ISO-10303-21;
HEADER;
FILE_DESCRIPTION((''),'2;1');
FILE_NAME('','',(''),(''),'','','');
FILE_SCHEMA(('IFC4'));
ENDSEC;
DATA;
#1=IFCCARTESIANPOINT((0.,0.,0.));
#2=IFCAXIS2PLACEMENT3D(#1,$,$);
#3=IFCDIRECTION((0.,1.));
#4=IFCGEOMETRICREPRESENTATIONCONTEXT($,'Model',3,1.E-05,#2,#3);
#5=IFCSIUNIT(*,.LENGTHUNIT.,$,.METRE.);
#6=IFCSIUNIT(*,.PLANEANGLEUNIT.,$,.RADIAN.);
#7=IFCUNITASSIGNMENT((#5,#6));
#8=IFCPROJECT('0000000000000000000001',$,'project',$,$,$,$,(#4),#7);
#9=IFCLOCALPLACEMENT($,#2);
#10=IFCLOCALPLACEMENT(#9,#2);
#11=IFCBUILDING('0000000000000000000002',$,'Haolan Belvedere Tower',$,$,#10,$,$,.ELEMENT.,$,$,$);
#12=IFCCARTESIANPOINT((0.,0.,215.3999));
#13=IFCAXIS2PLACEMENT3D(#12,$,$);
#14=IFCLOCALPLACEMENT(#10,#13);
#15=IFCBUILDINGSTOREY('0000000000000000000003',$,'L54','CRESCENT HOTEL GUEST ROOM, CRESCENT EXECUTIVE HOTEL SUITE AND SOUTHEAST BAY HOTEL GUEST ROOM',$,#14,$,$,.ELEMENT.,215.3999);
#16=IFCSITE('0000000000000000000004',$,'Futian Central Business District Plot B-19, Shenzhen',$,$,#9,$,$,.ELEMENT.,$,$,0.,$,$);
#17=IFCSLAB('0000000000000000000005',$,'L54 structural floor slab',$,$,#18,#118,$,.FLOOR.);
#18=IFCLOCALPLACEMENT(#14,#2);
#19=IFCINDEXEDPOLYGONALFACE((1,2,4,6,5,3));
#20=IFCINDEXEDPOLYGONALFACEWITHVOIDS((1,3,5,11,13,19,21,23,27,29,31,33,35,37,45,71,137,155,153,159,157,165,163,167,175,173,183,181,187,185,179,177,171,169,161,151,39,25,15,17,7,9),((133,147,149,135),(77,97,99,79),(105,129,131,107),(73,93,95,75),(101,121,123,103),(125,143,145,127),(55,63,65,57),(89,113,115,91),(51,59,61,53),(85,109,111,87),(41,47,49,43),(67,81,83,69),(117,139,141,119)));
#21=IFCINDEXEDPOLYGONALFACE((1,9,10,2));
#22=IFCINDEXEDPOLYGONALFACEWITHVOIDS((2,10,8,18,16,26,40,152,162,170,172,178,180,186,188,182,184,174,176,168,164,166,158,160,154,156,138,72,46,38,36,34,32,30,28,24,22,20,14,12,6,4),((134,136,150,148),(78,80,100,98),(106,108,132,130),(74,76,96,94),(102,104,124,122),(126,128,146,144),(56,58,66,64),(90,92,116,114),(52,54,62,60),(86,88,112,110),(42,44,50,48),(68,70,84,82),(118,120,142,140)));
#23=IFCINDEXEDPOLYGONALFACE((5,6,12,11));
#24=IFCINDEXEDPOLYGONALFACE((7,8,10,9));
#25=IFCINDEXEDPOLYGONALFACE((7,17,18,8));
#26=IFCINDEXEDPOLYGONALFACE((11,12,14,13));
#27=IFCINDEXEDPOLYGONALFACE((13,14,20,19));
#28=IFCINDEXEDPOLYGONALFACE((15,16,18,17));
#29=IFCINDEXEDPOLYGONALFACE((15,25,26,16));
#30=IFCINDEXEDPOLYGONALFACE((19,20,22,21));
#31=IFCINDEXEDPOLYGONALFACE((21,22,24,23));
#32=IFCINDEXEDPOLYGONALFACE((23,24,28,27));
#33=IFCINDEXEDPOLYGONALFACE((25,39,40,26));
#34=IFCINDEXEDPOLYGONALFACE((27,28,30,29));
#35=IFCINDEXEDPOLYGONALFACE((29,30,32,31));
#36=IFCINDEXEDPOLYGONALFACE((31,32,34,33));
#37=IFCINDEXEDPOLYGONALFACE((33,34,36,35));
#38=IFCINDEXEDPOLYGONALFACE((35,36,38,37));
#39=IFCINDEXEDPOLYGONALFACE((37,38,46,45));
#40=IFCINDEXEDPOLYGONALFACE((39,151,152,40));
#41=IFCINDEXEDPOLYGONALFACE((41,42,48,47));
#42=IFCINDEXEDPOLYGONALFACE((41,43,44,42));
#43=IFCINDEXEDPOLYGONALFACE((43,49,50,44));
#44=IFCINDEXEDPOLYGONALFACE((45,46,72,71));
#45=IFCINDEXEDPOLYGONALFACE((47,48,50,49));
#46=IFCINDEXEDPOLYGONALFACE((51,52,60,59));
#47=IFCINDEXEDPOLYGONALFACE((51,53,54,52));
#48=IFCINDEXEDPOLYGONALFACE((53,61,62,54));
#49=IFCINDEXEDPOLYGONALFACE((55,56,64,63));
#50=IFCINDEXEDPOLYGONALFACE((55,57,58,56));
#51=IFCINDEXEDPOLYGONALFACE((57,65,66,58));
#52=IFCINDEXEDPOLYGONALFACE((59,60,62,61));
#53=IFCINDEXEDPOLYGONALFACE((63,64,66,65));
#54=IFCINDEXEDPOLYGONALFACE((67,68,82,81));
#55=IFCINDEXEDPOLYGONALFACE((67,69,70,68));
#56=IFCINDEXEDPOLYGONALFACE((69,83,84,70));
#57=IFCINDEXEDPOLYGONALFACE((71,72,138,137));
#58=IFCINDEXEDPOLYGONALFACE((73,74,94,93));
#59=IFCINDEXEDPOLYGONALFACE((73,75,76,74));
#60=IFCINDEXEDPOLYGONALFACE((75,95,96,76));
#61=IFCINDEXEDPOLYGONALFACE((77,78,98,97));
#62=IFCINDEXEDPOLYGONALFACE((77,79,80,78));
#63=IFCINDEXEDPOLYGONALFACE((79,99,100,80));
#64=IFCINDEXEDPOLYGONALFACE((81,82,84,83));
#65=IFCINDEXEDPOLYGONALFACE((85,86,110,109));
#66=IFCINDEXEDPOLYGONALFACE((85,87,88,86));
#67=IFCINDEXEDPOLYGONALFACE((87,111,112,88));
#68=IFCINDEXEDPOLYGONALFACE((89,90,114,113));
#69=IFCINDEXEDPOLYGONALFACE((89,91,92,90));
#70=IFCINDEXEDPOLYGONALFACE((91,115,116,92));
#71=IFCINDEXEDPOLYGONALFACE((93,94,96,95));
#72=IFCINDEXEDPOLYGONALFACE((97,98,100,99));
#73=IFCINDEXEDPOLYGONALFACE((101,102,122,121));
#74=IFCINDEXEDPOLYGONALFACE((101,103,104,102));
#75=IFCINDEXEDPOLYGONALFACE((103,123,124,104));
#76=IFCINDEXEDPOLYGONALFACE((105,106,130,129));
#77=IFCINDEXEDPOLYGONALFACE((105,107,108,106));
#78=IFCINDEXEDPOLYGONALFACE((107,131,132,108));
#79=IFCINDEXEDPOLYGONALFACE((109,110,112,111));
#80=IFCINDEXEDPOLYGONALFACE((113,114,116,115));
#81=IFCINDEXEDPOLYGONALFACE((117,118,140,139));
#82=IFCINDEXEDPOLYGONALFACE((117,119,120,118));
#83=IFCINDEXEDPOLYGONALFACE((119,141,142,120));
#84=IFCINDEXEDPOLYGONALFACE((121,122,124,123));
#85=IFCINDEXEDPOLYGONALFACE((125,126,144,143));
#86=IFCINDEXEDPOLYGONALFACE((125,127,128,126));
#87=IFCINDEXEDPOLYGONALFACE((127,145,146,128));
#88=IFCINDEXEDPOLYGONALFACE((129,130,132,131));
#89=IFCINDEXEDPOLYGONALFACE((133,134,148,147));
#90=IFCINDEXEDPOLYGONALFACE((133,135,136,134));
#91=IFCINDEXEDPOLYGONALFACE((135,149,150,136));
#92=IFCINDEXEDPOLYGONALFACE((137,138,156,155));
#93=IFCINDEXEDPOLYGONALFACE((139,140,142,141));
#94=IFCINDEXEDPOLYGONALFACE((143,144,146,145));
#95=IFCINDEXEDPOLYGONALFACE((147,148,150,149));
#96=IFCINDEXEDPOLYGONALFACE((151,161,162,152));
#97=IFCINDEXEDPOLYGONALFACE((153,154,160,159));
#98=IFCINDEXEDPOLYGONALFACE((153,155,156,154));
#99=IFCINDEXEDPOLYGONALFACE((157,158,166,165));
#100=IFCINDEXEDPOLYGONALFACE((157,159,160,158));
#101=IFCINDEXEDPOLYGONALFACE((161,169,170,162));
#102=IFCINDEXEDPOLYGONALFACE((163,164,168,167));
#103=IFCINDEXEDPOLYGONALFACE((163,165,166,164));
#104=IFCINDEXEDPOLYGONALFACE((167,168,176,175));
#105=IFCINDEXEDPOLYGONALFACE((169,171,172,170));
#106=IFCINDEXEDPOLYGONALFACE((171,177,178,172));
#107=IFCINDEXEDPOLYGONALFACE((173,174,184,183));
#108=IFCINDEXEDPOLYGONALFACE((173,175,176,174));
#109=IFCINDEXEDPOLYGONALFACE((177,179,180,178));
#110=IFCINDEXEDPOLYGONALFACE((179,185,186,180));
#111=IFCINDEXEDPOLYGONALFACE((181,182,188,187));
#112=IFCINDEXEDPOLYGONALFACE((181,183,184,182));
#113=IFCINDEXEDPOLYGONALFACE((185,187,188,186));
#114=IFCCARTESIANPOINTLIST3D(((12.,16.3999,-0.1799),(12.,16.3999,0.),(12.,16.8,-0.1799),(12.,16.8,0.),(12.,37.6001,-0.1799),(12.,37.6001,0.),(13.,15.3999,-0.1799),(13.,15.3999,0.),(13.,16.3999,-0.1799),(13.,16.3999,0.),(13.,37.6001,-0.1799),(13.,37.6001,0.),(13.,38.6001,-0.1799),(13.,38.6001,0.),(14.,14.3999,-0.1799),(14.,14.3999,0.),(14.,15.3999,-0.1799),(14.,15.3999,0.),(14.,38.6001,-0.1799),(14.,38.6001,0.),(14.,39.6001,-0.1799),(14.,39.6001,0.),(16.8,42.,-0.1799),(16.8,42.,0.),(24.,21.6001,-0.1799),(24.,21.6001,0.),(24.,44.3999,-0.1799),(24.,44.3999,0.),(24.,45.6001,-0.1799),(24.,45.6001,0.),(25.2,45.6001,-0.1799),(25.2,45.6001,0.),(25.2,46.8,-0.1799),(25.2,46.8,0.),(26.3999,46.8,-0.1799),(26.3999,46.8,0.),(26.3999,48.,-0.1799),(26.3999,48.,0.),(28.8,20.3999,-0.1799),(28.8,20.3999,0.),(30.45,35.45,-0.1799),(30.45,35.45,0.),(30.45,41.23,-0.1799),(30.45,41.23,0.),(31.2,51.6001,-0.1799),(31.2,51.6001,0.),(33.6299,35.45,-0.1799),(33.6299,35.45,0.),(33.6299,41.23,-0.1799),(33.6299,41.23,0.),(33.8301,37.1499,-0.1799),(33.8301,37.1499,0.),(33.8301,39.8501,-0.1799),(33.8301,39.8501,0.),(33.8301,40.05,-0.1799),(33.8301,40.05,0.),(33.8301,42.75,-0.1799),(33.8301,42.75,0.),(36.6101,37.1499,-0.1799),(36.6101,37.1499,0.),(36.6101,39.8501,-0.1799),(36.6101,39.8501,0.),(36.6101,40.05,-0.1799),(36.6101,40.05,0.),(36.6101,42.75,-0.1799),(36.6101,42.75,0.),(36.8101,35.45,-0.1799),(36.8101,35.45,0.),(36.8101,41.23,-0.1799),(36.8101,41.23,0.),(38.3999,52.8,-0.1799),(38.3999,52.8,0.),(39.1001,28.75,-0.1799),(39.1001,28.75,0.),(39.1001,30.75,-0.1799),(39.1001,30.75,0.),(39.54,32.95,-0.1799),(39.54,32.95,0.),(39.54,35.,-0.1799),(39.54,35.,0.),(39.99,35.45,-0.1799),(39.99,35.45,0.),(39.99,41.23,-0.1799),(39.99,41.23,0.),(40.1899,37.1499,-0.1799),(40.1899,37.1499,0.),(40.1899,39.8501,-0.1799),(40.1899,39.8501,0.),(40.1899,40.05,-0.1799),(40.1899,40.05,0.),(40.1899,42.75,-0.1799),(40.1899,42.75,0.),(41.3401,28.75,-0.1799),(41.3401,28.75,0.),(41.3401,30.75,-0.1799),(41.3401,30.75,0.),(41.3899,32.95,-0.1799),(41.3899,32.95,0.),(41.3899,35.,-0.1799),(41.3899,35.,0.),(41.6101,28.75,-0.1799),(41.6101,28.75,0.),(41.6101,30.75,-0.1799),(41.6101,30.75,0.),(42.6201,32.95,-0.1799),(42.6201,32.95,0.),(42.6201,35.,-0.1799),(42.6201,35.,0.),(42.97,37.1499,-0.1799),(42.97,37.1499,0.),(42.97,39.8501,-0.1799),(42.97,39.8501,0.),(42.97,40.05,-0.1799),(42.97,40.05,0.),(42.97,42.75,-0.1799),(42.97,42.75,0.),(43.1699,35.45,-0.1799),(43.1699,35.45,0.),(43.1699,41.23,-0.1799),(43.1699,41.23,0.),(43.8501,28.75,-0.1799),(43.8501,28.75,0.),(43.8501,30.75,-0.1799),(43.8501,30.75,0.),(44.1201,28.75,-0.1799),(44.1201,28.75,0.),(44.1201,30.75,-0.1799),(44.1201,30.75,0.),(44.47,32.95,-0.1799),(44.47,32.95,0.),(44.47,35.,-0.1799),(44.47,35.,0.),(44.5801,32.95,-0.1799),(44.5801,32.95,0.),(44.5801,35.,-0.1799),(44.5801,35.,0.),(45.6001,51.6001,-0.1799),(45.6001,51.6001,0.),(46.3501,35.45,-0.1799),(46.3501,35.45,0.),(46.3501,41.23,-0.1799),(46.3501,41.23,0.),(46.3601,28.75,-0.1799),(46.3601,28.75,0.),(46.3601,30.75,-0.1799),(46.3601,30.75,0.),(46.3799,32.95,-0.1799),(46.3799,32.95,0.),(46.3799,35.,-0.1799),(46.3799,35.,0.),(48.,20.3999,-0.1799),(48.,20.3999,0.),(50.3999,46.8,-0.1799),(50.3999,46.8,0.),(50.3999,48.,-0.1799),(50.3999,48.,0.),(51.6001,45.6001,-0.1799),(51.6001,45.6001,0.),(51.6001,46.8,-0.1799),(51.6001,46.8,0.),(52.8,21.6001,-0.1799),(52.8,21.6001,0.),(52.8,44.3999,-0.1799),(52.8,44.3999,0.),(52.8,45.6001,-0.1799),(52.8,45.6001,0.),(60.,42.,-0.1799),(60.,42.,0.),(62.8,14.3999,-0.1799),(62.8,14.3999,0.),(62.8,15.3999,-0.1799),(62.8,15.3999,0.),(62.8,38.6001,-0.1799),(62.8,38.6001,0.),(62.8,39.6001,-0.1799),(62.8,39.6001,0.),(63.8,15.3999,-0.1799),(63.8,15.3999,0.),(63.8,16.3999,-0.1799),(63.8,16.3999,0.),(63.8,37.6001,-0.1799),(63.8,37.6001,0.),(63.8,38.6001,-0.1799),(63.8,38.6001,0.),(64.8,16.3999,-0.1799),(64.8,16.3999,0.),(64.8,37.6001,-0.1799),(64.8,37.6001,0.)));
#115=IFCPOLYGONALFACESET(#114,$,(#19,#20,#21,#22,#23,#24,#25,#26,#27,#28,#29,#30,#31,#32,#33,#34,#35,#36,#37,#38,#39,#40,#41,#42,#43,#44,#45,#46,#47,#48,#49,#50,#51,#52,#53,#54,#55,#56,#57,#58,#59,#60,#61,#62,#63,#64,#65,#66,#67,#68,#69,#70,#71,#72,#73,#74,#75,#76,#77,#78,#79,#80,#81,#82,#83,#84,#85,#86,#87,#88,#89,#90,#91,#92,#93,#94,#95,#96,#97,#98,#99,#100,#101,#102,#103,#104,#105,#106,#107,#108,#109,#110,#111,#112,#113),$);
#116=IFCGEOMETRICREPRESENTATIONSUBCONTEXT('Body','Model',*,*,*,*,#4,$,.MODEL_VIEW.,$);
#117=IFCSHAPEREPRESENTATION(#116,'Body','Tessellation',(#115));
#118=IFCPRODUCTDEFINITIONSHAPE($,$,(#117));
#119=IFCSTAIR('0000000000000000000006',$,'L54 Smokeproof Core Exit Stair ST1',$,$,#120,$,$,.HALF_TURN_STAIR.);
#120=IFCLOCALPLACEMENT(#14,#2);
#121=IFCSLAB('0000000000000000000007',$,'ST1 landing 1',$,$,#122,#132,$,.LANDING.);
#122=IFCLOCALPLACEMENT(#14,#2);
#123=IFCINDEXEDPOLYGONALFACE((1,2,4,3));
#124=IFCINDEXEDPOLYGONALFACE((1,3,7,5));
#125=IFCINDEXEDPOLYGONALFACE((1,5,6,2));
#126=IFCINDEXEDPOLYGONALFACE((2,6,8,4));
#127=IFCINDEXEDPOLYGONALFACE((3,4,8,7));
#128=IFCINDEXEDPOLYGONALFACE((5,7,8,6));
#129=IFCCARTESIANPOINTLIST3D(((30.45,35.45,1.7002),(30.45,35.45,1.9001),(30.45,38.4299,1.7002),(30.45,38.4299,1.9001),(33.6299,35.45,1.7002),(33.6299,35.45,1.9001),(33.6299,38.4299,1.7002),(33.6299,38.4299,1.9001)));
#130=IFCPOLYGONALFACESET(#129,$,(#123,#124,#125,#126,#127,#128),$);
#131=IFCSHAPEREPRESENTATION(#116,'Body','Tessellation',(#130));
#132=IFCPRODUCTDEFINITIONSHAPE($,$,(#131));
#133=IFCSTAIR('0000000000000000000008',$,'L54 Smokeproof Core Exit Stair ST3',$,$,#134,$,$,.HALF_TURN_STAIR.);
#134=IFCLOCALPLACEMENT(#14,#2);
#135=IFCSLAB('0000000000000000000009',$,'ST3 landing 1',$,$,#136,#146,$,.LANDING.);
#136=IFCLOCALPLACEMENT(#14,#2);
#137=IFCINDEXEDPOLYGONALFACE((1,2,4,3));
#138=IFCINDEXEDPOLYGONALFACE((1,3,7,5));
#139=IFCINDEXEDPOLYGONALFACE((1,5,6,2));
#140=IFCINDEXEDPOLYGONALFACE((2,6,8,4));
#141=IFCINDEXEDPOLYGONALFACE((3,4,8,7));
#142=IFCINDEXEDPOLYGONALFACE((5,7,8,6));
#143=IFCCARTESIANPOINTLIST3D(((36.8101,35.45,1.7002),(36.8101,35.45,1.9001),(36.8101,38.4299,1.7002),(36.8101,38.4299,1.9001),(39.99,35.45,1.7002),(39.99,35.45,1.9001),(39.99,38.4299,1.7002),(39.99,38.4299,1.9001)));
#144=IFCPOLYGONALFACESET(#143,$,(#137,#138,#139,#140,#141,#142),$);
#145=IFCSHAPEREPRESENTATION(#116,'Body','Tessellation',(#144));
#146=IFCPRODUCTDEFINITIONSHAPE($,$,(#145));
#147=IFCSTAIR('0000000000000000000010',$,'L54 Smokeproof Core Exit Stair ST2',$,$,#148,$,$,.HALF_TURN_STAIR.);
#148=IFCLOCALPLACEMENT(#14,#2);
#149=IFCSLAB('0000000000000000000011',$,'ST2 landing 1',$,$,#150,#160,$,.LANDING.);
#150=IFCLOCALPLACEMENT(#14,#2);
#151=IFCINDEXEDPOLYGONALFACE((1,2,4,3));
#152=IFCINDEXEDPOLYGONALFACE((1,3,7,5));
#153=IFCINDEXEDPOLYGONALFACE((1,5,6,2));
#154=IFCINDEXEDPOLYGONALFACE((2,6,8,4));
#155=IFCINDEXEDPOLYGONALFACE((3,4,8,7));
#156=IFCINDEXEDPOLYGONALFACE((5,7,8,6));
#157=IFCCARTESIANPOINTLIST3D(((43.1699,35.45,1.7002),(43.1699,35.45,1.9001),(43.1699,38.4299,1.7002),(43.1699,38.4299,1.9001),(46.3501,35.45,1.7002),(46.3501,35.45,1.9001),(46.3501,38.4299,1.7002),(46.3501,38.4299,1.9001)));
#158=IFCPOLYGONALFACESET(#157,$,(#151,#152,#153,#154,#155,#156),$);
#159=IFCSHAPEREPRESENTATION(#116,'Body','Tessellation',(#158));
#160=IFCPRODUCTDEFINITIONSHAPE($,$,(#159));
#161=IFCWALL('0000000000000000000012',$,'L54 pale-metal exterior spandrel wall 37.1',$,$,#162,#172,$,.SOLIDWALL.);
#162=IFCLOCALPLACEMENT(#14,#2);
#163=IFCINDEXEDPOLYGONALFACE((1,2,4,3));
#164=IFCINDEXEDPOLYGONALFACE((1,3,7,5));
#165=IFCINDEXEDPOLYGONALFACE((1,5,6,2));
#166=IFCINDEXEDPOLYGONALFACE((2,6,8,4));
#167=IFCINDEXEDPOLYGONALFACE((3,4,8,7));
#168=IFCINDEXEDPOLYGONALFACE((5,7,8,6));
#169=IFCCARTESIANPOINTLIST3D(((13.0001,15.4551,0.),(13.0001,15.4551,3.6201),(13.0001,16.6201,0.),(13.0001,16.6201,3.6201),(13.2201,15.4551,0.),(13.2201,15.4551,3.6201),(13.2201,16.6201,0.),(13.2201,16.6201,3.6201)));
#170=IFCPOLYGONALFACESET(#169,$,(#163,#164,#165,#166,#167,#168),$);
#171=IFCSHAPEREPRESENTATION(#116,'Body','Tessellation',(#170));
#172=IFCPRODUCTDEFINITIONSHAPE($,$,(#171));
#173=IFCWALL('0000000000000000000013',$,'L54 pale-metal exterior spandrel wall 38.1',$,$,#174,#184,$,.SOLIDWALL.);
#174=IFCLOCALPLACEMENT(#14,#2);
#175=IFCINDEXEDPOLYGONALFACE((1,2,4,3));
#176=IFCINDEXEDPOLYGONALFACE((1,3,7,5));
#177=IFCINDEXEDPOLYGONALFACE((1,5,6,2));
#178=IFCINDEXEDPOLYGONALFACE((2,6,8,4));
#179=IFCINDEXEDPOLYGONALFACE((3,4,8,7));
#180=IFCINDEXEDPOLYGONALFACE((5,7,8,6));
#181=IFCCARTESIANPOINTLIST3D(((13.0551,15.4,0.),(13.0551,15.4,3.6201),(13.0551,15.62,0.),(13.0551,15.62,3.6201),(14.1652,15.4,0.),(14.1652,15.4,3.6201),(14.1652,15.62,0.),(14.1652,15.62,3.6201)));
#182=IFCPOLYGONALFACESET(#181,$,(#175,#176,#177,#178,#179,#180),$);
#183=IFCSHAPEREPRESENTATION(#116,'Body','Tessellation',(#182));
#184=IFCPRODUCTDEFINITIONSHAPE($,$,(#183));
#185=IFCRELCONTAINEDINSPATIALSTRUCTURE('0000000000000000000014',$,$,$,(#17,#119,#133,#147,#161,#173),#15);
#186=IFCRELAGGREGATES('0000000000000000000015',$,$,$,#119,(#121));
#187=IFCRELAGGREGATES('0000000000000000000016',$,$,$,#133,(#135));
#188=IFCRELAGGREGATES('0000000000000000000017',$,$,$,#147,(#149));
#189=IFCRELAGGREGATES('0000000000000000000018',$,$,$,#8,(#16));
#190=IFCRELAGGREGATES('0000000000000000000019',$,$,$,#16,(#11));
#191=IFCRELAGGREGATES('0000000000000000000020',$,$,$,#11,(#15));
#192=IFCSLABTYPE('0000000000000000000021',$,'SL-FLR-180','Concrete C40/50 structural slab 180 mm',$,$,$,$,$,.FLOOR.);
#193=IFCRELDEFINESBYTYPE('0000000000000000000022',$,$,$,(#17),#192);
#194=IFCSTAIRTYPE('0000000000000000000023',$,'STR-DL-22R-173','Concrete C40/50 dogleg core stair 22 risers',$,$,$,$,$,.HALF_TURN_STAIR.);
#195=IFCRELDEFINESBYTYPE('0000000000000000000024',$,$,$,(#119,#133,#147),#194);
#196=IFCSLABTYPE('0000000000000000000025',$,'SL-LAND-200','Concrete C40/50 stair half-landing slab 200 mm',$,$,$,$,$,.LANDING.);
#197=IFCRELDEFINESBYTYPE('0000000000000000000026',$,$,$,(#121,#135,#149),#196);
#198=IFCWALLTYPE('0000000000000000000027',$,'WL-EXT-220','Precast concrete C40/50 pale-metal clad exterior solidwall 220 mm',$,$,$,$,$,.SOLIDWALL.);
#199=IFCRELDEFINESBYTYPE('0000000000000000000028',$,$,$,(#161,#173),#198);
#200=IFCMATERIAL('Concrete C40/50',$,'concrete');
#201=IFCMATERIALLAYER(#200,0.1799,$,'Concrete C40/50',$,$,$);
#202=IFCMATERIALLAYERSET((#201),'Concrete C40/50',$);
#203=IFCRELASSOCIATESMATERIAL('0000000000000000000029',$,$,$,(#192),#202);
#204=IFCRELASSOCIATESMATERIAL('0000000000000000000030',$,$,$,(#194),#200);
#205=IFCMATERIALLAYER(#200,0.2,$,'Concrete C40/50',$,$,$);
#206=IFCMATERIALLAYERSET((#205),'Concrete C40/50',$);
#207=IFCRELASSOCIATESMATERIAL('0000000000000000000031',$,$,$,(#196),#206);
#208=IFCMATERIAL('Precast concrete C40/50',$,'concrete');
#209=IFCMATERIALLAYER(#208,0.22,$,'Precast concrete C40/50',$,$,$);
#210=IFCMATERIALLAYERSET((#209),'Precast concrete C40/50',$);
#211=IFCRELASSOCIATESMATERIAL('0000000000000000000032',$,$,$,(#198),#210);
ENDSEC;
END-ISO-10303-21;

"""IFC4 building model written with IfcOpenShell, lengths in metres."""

from ifc_helpers import new_model, si_unit, direction, frame, frame_2d, origin, place, context, subcontext, project, spatial, polyline, rectangle, outline, extrude, material, layer, layer_set, type_object, element, aggregate, save


model = new_model("IFC4")

# Units and contexts
model_context = context("Model", 3, precision=1e-05, world=origin(), true_north=direction((0.0, 1.0)))
body_context = subcontext(model_context, "Body", "Model", "MODEL_VIEW")
ifc_project = project(units=[si_unit("LENGTHUNIT", "METRE"), si_unit("PLANEANGLEUNIT", "RADIAN")], contexts=[model_context])

# Site, building, storey
site_placement = place(None, origin())
site = spatial("IfcSite", under=ifc_project, at=site_placement, Name="Futian Central Business District Plot B-19, Shenzhen", CompositionType="ELEMENT", RefElevation=0.0)
building_placement = place(site_placement, origin())
building = spatial("IfcBuilding", under=site, at=building_placement, Name="Haolan Belvedere Tower", CompositionType="ELEMENT")
storey_placement = place(building_placement, frame((0.0, 0.0, 215.3999)))
storey = spatial("IfcBuildingStorey", under=building, at=storey_placement, Name="L54", Description="CRESCENT HOTEL GUEST ROOM, CRESCENT EXECUTIVE HOTEL SUITE AND SOUTHEAST BAY HOTEL GUEST ROOM", CompositionType="ELEMENT", Elevation=215.3999)

# Slab
ifc_material_1 = material(Name="Concrete C40/50", Category="concrete")
ifc_layer_1 = layer(ifc_material_1, 0.1799, Name="Concrete C40/50")
ifc_layer_set_1 = layer_set([ifc_layer_1], Name="Concrete C40/50")
slab_type_1 = type_object("IfcSlabType", Name="SL-FLR-180", Description="Concrete C40/50 structural slab 180 mm", PredefinedType="FLOOR", material=ifc_layer_set_1)
slab_1_placement = place(storey_placement, frame((0.0, 0.0, -0.1799)))
element("IfcSlab", 1, at=slab_1_placement, inside=storey, type_object=slab_type_1, Name="L54 structural floor slab", PredefinedType="FLOOR", context=body_context, shape_type="SweptSolid", body=[
    extrude(outline(polyline([(24.0, 21.6001), (28.8, 20.3999), (48.0, 20.3999), (52.8, 21.6001), (62.8, 14.3999), (62.8, 15.3999), (63.8, 15.3999), (63.8, 16.3999), (64.8, 16.3999), (64.8, 37.6001), (63.8, 37.6001), (63.8, 38.6001), (62.8, 38.6001), (62.8, 39.6001), (60.0, 42.0), (52.8, 44.3999), (52.8, 45.6001), (51.6001, 45.6001), (51.6001, 46.8), (50.3999, 46.8), (50.3999, 48.0), (45.6001, 51.6001), (38.3999, 52.8), (31.2, 51.6001), (26.3999, 48.0), (26.3999, 46.8), (25.2, 46.8), (25.2, 45.6001), (24.0, 45.6001), (24.0, 44.3999), (16.8, 42.0), (14.0, 39.6001), (14.0, 38.6001), (13.0, 38.6001), (13.0, 37.6001), (12.0, 37.6001), (12.0, 16.8), (12.0, 16.3999), (13.0, 16.3999), (13.0, 15.3999), (14.0, 15.3999), (14.0, 14.3999), (24.0, 21.6001)]), holes=[polyline([(30.45, 41.23), (30.45, 35.45), (33.6299, 35.45), (33.6299, 41.23), (30.45, 41.23)]), polyline([(36.8101, 41.23), (36.8101, 35.45), (39.99, 35.45), (39.99, 41.23), (36.8101, 41.23)]), polyline([(43.1699, 41.23), (43.1699, 35.45), (46.3501, 35.45), (46.3501, 41.23), (43.1699, 41.23)]), polyline([(33.8301, 40.05), (36.6101, 40.05), (36.6101, 42.75), (33.8301, 42.75), (33.8301, 40.05)]), polyline([(33.8301, 37.1499), (36.6101, 37.1499), (36.6101, 39.8501), (33.8301, 39.8501), (33.8301, 37.1499)]), polyline([(40.1899, 40.05), (42.97, 40.05), (42.97, 42.75), (40.1899, 42.75), (40.1899, 40.05)]), polyline([(40.1899, 37.1499), (42.97, 37.1499), (42.97, 39.8501), (40.1899, 39.8501), (40.1899, 37.1499)]), polyline([(39.54, 32.95), (41.3899, 32.95), (41.3899, 35.0), (39.54, 35.0), (39.54, 32.95)]), polyline([(42.6201, 32.95), (44.47, 32.95), (44.47, 35.0), (42.6201, 35.0), (42.6201, 32.95)]), polyline([(44.5801, 32.95), (46.3799, 32.95), (46.3799, 35.0), (44.5801, 35.0), (44.5801, 32.95)]), polyline([(39.1001, 28.75), (41.3401, 28.75), (41.3401, 30.75), (39.1001, 30.75), (39.1001, 28.75)]), polyline([(41.6101, 28.75), (43.8501, 28.75), (43.8501, 30.75), (41.6101, 30.75), (41.6101, 28.75)]), polyline([(44.1201, 28.75), (46.3601, 28.75), (46.3601, 30.75), (44.1201, 30.75), (44.1201, 28.75)])]), origin(), (0.0, 0.0, 1.0), 0.1799),
])

# Stairs, slabs
stair_type = type_object("IfcStairType", Name="STR-DL-22R-173", Description="Concrete C40/50 dogleg core stair 22 risers", PredefinedType="HALF_TURN_STAIR", material=ifc_material_1)
stair_1_placement = place(storey_placement, origin())
stair_1 = element("IfcStair", 2, at=stair_1_placement, inside=storey, type_object=stair_type, Name="L54 Smokeproof Core Exit Stair ST1", PredefinedType="HALF_TURN_STAIR")
ifc_layer_2 = layer(ifc_material_1, 0.2, Name="Concrete C40/50")
ifc_layer_set_2 = layer_set([ifc_layer_2], Name="Concrete C40/50")
slab_type_2 = type_object("IfcSlabType", Name="SL-LAND-200", Description="Concrete C40/50 stair half-landing slab 200 mm", PredefinedType="LANDING", material=ifc_layer_set_2)
slab_2_placement = place(storey_placement, frame((0.0, 0.0, 1.7002)))
slab_2 = element("IfcSlab", 3, at=slab_2_placement, type_object=slab_type_2, Name="ST1 landing 1", PredefinedType="LANDING", context=body_context, shape_type="SweptSolid", body=[
    extrude(outline(polyline([(30.45, 38.4299), (30.45, 35.45), (33.6299, 35.45), (33.6299, 38.4299), (30.45, 38.4299)])), origin(), (0.0, 0.0, 1.0), 0.2),
])
aggregate(stair_1, [slab_2])
stair_2_placement = place(storey_placement, origin())
stair_2 = element("IfcStair", 4, at=stair_2_placement, inside=storey, type_object=stair_type, Name="L54 Smokeproof Core Exit Stair ST3", PredefinedType="HALF_TURN_STAIR")
slab_3_placement = place(storey_placement, frame((0.0, 0.0, 1.7002)))
slab_3 = element("IfcSlab", 5, at=slab_3_placement, type_object=slab_type_2, Name="ST3 landing 1", PredefinedType="LANDING", context=body_context, shape_type="SweptSolid", body=[
    extrude(outline(polyline([(36.8101, 38.4299), (36.8101, 35.45), (39.99, 35.45), (39.99, 38.4299), (36.8101, 38.4299)])), origin(), (0.0, 0.0, 1.0), 0.2),
])
aggregate(stair_2, [slab_3])
stair_3_placement = place(storey_placement, origin())
stair_3 = element("IfcStair", 6, at=stair_3_placement, inside=storey, type_object=stair_type, Name="L54 Smokeproof Core Exit Stair ST2", PredefinedType="HALF_TURN_STAIR")
slab_4_placement = place(storey_placement, frame((0.0, 0.0, 1.7002)))
slab_4 = element("IfcSlab", 7, at=slab_4_placement, type_object=slab_type_2, Name="ST2 landing 1", PredefinedType="LANDING", context=body_context, shape_type="SweptSolid", body=[
    extrude(outline(polyline([(43.1699, 38.4299), (43.1699, 35.45), (46.3501, 35.45), (46.3501, 38.4299), (43.1699, 38.4299)])), origin(), (0.0, 0.0, 1.0), 0.2),
])
aggregate(stair_3, [slab_4])

# Walls
ifc_material_2 = material(Name="Precast concrete C40/50", Category="concrete")
ifc_layer_3 = layer(ifc_material_2, 0.22, Name="Precast concrete C40/50")
ifc_layer_set_3 = layer_set([ifc_layer_3], Name="Precast concrete C40/50")
wall_type_1 = type_object("IfcWallType", Name="WL-EXT-220", Description="Precast concrete C40/50 pale-metal clad exterior solidwall 220 mm", PredefinedType="SOLIDWALL", material=ifc_layer_set_3)
wall_1_placement = place(storey_placement, frame((13.1101, 16.6201, 0.0), z_axis=(0.0, 0.0, 1.0), x_axis=(0.0, -1.0, 0.0)))
element("IfcWall", 8, at=wall_1_placement, inside=storey, type_object=wall_type_1, Name="L54 pale-metal exterior spandrel wall 37.1", PredefinedType="SOLIDWALL", context=body_context, shape_type="SweptSolid", body=[
    extrude(rectangle(XDim=1.165, YDim=0.22, at=frame_2d((0.5825, 0.0))), origin(), (0.0, 0.0, 1.0), 3.6201),
])
wall_2_placement = place(storey_placement, frame((13.0549, 15.51, 0.0), z_axis=(0.0, 0.0, 1.0), x_axis=(1.0, 0.0, 0.0)))
element("IfcWall", 9, at=wall_2_placement, inside=storey, type_object=wall_type_1, Name="L54 pale-metal exterior spandrel wall 38.1", PredefinedType="SOLIDWALL", context=body_context, shape_type="SweptSolid", body=[
    extrude(rectangle(XDim=1.1101, YDim=0.22, at=frame_2d((0.5552, 0.0))), origin(), (0.0, 0.0, 1.0), 3.6201),
])

save(model, "model.ifc")
